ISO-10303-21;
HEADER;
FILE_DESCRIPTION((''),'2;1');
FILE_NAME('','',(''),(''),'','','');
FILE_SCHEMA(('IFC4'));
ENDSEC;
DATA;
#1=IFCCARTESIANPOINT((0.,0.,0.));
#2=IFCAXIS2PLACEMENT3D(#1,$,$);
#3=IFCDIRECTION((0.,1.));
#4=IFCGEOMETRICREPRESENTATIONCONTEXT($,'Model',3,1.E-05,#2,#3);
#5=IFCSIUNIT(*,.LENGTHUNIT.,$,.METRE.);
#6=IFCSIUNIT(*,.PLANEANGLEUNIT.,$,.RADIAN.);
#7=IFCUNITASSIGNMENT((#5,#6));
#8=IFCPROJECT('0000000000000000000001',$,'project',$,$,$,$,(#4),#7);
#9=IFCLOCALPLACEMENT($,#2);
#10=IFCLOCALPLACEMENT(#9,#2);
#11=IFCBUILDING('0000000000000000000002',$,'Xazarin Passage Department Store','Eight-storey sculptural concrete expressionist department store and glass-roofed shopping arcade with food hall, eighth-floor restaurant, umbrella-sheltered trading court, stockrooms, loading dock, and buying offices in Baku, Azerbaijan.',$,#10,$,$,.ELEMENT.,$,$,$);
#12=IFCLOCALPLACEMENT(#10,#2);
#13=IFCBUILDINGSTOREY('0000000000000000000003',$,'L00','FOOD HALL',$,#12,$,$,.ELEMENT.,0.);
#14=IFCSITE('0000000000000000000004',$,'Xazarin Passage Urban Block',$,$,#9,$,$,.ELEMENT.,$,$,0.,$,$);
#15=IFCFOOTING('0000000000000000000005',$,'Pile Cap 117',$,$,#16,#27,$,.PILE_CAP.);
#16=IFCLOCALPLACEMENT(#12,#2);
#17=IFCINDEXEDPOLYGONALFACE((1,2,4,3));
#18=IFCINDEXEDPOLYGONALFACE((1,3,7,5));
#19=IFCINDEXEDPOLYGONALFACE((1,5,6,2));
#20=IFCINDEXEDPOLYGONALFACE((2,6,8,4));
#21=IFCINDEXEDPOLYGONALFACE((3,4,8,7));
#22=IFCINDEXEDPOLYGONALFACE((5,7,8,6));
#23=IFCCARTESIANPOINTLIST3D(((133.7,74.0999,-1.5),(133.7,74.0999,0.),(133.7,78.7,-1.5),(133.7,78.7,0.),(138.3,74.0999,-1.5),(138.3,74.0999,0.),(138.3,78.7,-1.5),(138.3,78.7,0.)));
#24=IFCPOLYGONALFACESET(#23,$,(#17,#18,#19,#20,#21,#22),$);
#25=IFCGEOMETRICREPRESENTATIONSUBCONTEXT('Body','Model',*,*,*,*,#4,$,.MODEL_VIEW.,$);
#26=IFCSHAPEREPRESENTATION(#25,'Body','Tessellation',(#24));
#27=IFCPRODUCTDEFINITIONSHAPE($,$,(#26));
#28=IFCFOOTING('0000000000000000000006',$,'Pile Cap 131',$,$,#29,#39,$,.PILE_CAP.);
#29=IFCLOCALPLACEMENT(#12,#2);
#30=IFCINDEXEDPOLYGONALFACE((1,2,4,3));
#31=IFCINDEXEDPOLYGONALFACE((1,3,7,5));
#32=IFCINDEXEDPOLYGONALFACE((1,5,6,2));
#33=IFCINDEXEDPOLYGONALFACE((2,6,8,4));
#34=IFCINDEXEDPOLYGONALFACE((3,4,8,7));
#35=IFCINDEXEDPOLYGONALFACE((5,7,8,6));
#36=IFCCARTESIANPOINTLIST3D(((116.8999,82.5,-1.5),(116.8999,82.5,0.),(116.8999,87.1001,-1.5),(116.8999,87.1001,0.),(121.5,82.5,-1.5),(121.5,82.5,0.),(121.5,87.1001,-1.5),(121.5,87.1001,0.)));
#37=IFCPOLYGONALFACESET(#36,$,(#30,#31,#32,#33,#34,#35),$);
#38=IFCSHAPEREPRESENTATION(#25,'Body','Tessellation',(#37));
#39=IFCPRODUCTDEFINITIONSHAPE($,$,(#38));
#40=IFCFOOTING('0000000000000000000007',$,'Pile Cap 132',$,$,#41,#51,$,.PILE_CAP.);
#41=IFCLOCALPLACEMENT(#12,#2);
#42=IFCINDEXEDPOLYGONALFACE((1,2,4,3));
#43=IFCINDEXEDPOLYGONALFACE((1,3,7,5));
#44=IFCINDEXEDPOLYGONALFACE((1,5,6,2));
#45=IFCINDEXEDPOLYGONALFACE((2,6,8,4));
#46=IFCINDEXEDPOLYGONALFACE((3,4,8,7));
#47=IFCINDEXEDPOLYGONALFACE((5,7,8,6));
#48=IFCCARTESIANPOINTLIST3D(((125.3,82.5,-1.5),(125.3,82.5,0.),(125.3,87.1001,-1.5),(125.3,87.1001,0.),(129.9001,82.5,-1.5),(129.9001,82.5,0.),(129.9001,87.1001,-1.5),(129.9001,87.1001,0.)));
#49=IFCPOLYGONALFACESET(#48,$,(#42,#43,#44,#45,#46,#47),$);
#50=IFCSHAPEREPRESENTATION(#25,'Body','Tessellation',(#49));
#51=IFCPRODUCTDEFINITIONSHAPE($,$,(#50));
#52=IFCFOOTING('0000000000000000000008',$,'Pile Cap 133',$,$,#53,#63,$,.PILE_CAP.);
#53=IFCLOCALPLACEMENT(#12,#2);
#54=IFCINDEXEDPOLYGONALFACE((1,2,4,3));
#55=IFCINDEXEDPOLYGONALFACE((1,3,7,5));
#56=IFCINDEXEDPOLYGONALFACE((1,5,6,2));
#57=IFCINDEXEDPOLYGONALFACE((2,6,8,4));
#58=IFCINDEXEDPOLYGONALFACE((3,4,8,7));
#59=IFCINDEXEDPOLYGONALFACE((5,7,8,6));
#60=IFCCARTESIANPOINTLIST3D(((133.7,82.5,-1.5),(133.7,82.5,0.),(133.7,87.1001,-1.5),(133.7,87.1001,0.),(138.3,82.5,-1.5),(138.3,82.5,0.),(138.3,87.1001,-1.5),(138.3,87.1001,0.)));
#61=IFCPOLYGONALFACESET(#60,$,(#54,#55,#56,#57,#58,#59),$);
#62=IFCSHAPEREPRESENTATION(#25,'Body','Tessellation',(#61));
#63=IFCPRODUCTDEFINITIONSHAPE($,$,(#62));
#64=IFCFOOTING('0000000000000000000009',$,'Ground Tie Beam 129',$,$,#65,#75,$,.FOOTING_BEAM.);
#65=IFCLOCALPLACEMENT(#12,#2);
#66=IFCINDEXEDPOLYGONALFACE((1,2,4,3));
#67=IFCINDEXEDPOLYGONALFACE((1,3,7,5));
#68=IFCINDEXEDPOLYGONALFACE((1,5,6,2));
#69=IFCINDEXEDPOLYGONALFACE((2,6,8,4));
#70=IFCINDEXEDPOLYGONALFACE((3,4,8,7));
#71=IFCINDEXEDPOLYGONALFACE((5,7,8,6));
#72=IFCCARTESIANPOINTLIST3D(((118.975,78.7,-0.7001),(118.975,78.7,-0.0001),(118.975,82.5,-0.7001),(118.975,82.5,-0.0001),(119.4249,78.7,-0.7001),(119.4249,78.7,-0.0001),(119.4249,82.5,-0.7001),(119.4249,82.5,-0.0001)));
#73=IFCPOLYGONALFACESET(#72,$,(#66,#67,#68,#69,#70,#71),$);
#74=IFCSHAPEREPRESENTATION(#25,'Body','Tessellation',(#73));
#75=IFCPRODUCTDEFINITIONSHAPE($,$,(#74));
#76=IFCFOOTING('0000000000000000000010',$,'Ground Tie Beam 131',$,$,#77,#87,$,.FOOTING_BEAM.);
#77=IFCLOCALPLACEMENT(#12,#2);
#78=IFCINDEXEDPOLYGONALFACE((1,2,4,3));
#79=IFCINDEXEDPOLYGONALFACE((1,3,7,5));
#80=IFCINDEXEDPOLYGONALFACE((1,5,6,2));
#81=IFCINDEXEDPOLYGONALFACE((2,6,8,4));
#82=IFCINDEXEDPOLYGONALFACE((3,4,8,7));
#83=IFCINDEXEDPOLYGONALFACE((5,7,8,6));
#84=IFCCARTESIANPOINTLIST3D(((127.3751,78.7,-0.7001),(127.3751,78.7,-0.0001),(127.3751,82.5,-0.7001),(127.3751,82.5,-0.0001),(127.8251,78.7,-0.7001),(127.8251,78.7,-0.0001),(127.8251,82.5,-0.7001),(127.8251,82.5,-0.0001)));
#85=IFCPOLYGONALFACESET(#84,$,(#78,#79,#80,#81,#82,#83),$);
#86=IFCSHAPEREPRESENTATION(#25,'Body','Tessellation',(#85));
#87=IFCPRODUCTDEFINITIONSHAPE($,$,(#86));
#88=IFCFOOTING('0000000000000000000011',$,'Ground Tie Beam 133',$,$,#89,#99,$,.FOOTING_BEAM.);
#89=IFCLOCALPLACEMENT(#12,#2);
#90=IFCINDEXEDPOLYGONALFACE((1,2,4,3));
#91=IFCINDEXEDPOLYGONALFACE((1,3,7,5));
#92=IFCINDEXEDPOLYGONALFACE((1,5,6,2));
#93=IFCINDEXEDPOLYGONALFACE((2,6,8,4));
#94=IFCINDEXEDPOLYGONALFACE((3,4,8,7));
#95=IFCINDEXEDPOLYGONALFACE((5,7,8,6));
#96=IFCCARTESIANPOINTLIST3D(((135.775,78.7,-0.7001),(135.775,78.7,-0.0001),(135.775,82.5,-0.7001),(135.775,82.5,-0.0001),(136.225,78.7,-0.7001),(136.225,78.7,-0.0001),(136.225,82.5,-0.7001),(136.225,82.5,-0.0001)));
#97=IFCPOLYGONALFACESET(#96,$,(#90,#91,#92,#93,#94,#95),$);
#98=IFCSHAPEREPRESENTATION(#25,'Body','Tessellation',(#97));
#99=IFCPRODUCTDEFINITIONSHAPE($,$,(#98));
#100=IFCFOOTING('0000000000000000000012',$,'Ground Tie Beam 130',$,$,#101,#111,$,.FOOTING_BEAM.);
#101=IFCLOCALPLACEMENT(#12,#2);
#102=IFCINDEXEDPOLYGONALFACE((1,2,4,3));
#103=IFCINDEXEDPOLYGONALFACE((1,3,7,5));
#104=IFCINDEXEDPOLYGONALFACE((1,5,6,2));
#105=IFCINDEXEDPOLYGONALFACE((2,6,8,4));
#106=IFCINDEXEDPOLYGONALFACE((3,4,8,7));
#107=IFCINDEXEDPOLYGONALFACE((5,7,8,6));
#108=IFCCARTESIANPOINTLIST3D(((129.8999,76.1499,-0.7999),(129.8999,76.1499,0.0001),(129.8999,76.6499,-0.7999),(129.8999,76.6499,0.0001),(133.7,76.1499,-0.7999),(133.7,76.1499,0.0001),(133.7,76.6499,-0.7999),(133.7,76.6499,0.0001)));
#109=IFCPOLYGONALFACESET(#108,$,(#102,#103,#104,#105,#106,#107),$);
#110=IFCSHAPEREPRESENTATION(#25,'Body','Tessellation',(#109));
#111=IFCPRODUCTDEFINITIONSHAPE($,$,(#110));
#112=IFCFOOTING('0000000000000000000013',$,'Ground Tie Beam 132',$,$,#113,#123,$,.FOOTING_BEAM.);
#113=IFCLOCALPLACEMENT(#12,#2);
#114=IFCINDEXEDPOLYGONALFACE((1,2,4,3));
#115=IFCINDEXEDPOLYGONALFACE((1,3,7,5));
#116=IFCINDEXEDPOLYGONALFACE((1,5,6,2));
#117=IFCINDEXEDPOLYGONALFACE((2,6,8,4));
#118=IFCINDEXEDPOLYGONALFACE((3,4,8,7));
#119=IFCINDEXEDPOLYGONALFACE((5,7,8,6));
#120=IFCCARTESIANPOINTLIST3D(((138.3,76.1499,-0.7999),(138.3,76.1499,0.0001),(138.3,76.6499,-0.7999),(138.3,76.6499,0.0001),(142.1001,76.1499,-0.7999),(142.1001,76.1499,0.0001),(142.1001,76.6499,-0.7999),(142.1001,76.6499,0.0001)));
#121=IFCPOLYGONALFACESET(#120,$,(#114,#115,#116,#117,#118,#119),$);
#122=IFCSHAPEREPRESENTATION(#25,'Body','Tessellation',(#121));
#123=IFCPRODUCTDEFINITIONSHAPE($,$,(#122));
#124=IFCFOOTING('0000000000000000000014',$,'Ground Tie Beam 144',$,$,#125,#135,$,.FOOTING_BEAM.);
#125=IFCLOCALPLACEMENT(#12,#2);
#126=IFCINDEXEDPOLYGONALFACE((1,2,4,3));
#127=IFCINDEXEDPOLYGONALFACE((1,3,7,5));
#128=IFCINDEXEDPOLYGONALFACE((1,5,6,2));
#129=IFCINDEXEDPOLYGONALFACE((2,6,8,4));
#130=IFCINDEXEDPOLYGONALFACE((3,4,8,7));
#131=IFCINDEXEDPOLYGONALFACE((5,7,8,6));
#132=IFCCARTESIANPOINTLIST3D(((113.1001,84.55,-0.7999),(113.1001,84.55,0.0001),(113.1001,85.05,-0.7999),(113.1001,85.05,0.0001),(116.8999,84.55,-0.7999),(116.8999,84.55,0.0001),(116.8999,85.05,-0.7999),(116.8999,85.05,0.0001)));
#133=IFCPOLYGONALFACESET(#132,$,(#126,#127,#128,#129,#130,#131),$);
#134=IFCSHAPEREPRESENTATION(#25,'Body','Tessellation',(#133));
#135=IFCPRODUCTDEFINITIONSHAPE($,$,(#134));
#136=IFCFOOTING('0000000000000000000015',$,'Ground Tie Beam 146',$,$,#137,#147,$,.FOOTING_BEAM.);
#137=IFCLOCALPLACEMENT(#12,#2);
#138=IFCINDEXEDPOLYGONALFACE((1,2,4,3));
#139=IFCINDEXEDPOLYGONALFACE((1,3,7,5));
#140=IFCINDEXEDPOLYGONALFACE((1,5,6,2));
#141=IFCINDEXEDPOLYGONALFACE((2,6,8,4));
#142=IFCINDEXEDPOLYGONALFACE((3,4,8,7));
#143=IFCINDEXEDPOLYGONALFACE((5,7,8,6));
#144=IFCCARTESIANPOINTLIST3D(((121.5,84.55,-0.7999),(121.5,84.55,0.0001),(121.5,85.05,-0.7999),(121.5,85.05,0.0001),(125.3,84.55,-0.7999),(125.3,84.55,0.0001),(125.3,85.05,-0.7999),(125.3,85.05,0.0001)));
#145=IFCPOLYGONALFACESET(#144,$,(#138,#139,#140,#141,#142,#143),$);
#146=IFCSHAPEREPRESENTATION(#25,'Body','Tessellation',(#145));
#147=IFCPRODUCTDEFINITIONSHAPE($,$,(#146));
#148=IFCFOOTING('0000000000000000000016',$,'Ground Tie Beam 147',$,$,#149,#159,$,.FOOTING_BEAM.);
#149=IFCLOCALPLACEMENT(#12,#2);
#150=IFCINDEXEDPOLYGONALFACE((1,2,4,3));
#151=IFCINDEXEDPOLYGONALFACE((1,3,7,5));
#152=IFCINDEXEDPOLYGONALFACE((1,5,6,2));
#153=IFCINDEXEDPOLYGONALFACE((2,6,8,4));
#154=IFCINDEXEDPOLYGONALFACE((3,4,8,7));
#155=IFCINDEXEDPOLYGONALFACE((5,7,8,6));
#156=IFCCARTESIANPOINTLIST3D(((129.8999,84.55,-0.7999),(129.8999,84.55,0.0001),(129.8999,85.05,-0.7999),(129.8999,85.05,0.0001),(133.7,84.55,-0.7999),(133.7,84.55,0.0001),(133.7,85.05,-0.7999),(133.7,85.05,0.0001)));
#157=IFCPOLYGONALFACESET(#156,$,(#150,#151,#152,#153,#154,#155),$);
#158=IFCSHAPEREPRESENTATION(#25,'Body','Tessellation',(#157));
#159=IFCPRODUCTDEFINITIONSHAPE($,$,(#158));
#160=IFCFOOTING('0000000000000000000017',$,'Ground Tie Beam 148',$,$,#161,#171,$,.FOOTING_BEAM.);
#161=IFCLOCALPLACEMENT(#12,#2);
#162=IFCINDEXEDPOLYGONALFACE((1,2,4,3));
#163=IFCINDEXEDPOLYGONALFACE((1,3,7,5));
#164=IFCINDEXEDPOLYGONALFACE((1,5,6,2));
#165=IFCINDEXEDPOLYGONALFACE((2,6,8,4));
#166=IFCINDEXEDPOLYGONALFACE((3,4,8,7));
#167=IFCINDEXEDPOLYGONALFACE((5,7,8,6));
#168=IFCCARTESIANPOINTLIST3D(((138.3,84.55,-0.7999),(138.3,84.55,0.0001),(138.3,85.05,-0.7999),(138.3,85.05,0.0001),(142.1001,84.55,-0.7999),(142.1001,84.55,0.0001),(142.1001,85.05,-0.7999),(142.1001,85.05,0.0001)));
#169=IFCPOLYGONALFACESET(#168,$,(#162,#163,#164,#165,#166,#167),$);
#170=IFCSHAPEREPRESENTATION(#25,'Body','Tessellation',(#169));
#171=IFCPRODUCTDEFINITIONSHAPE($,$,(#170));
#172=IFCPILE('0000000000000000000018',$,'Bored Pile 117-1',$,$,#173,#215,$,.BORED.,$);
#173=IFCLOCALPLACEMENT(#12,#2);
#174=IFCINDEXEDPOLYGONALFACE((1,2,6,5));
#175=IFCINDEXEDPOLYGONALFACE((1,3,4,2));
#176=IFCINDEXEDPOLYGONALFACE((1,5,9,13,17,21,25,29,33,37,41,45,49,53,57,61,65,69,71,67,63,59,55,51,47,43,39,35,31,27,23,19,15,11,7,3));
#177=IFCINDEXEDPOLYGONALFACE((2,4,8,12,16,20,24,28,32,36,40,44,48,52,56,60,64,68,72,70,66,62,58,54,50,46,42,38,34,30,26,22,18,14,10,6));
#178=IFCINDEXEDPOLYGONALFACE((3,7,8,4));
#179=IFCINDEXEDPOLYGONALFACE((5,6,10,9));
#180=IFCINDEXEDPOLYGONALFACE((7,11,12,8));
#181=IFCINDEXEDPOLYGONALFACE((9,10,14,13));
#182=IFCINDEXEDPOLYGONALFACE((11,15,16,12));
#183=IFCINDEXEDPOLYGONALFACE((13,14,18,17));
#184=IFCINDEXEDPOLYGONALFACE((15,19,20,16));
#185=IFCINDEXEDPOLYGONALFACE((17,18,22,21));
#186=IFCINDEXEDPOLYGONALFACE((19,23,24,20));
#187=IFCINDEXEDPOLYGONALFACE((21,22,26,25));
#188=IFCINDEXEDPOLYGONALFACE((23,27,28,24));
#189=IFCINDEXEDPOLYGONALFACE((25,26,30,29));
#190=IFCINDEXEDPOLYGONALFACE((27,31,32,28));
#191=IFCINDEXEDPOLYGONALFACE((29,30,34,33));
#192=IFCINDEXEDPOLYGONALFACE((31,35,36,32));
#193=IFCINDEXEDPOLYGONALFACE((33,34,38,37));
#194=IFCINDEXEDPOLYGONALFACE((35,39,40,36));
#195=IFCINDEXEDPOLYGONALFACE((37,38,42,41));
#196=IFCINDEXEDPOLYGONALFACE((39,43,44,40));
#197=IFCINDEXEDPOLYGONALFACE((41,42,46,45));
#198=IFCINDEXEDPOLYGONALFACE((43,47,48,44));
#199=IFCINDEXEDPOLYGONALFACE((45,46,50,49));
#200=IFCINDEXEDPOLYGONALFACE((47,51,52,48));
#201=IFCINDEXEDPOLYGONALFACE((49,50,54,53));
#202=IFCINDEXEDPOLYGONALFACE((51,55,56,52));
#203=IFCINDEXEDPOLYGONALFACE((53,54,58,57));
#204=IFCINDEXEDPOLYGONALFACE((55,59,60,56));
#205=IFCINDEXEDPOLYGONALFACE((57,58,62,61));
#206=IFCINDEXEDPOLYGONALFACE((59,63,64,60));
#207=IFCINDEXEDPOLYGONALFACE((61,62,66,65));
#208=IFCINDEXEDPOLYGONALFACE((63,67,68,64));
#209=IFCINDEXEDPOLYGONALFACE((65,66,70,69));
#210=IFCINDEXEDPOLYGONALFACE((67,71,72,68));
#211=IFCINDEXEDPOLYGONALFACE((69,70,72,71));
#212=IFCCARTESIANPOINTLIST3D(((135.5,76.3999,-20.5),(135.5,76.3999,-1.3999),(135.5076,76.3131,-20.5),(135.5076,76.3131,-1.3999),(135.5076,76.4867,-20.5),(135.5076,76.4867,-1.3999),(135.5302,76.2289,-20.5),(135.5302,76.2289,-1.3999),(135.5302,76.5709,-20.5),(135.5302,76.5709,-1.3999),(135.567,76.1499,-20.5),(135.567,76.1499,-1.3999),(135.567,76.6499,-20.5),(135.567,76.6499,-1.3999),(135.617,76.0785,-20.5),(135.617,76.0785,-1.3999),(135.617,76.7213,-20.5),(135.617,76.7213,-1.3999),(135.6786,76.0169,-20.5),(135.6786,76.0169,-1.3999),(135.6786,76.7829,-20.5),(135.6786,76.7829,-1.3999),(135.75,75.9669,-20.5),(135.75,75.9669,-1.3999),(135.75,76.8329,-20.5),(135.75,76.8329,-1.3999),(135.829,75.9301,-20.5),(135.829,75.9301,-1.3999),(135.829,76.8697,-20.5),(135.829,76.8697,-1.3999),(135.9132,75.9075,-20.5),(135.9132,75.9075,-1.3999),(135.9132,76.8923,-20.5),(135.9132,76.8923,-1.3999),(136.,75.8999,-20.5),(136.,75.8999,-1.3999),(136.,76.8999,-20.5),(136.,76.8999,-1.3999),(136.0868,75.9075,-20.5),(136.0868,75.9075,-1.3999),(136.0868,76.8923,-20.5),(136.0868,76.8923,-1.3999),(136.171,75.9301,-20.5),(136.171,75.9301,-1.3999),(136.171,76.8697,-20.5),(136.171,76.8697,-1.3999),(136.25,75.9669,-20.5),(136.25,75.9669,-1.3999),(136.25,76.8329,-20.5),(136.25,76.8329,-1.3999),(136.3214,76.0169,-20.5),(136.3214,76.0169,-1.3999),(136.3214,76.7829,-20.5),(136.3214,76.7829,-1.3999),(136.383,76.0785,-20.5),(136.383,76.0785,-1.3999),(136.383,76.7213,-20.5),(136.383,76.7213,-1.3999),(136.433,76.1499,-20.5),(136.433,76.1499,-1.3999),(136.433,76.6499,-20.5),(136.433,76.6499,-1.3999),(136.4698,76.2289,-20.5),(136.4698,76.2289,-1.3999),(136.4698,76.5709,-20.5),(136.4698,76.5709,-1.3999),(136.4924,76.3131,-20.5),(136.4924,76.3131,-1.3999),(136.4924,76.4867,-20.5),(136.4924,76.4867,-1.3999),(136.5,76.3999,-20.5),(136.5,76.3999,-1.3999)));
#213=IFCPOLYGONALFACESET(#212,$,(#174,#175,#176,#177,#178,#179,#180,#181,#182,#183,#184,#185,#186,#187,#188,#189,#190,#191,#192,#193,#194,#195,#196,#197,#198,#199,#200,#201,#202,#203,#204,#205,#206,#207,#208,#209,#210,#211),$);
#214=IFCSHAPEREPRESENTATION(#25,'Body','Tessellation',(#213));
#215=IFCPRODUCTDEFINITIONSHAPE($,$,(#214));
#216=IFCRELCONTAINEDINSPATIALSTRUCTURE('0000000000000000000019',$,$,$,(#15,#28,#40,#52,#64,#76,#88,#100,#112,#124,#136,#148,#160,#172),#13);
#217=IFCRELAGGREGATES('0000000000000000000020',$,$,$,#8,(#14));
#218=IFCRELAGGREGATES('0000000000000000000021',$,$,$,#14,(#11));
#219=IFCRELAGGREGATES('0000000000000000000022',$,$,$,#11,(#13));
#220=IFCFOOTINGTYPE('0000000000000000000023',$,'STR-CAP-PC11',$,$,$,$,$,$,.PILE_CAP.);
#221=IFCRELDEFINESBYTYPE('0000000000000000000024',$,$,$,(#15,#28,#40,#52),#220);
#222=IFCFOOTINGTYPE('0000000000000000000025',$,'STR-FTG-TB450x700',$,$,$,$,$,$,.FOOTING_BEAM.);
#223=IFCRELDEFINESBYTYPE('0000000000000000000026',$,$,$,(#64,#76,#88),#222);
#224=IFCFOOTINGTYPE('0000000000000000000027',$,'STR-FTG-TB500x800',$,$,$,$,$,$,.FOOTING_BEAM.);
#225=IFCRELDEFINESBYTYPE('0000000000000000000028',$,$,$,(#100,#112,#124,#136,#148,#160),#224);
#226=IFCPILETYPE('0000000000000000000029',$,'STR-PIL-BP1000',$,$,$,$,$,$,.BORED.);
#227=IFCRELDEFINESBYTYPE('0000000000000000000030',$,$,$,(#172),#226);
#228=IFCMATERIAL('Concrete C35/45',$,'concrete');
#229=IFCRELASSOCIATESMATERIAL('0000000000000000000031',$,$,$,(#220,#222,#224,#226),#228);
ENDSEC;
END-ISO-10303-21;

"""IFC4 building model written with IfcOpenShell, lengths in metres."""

from ifc_helpers import new_model, si_unit, direction, frame, origin, origin_2d, place, context, subcontext, project, spatial, rectangle, circle, extrude, material, material_profile, profile_set, type_object, element, save


model = new_model("IFC4")

# Units and contexts
model_context = context("Model", 3, precision=1e-05, world=origin(), true_north=direction((0.0, 1.0)))
body_context = subcontext(model_context, "Body", "Model", "MODEL_VIEW")
ifc_project = project(units=[si_unit("LENGTHUNIT", "METRE"), si_unit("PLANEANGLEUNIT", "RADIAN")], contexts=[model_context])

# Site, building, storey
site_placement = place(None, origin())
site = spatial("IfcSite", under=ifc_project, at=site_placement, Name="Xazarin Passage Urban Block", CompositionType="ELEMENT", RefElevation=0.0)
building_placement = place(site_placement, origin())
building = spatial("IfcBuilding", under=site, at=building_placement, Name="Xazarin Passage Department Store", Description="Eight-storey sculptural concrete expressionist department store and glass-roofed shopping arcade with food hall, eighth-floor restaurant, umbrella-sheltered trading court, stockrooms, loading dock, and buying offices in Baku, Azerbaijan.", CompositionType="ELEMENT")
storey_placement = place(building_placement, origin())
storey = spatial("IfcBuildingStorey", under=building, at=storey_placement, Name="L00", Description="FOOD HALL", CompositionType="ELEMENT", Elevation=0.0)

# Footings
ifc_material_1 = material(Name="Concrete C35/45", Category="concrete")
footing_type_1 = type_object("IfcFootingType", Name="STR-CAP-PC11", PredefinedType="PILE_CAP", material=ifc_material_1)
for number, where, z_axis, x_axis, name in (
    (1, (136.0, 76.3999, -1.5), (0.0, 0.0, 1.0), (1.0, 0.0, 0.0), "Pile Cap 117"),
    (2, (119.2, 84.8, -1.5), (0.0, 0.0, 1.0), (1.0, 0.0, 0.0), "Pile Cap 131"),
    (3, (127.6001, 84.8, -1.5), (0.0, 0.0, 1.0), (1.0, 0.0, 0.0), "Pile Cap 132"),
    (4, (136.0, 84.8, -1.5), (0.0, 0.0, 1.0), (1.0, 0.0, 0.0), "Pile Cap 133"),
):
    element("IfcFooting", number, at=place(storey_placement, frame(where, z_axis=z_axis, x_axis=x_axis)), inside=storey, type_object=footing_type_1, Name=name, PredefinedType="PILE_CAP", context=body_context, shape_type="SweptSolid", body=[
        extrude(rectangle(XDim=4.6001, YDim=4.6001, at=origin_2d()), origin(), (0.0, 0.0, 1.0), 1.5),
    ])
ifc_material_profile_1 = material_profile(ifc_material_1, rectangle(XDim=0.45, YDim=0.7, at=origin_2d()), Name="RC 450x700")
ifc_profile_set_1 = profile_set([ifc_material_profile_1], Name="Concrete C35/45")
footing_type_2 = type_object("IfcFootingType", Name="STR-FTG-TB450x700", PredefinedType="FOOTING_BEAM", material=ifc_profile_set_1)
for number, where, z_axis, x_axis, name in (
    (5, (119.2, 78.7, -0.3501), (0.0, 1.0, 0.0), (-1.0, 0.0, 0.0), "Ground Tie Beam 129"),
    (6, (127.6001, 78.7, -0.3501), (0.0, 1.0, 0.0), (-1.0, 0.0, 0.0), "Ground Tie Beam 131"),
    (7, (136.0, 78.7, -0.3501), (0.0, 1.0, 0.0), (-1.0, 0.0, 0.0), "Ground Tie Beam 133"),
):
    element("IfcFooting", number, at=place(storey_placement, frame(where, z_axis=z_axis, x_axis=x_axis)), inside=storey, type_object=footing_type_2, Name=name, PredefinedType="FOOTING_BEAM", context=body_context, shape_type="SweptSolid", body=[
        extrude(rectangle(XDim=0.45, YDim=0.7, at=origin_2d()), origin(), (0.0, 0.0, 1.0), 3.8),
    ])
ifc_material_profile_2 = material_profile(ifc_material_1, rectangle(XDim=0.5, YDim=0.8, at=origin_2d()), Name="RC 500x800")
ifc_profile_set_2 = profile_set([ifc_material_profile_2], Name="Concrete C35/45")
footing_type_3 = type_object("IfcFootingType", Name="STR-FTG-TB500x800", PredefinedType="FOOTING_BEAM", material=ifc_profile_set_2)
for number, where, z_axis, x_axis, name in (
    (8, (129.8999, 76.3999, -0.3999), (1.0, 0.0, 0.0), (0.0, 1.0, 0.0), "Ground Tie Beam 130"),
    (9, (138.3, 76.3999, -0.3999), (1.0, 0.0, 0.0), (0.0, 1.0, 0.0), "Ground Tie Beam 132"),
):
    element("IfcFooting", number, at=place(storey_placement, frame(where, z_axis=z_axis, x_axis=x_axis)), inside=storey, type_object=footing_type_3, Name=name, PredefinedType="FOOTING_BEAM", context=body_context, shape_type="SweptSolid", body=[
        extrude(rectangle(XDim=0.5, YDim=0.8, at=origin_2d()), origin(), (0.0, 0.0, 1.0), 3.8),
    ])
footing_placement = place(storey_placement, frame((113.1001, 84.8, -0.3999), z_axis=(1.0, 0.0, 0.0), x_axis=(0.0, 1.0, 0.0)))
element("IfcFooting", 10, at=footing_placement, inside=storey, type_object=footing_type_3, Name="Ground Tie Beam 144", PredefinedType="FOOTING_BEAM", context=body_context, shape_type="SweptSolid", body=[
    extrude(rectangle(XDim=0.5, YDim=0.8, at=origin_2d()), origin(), (0.0, 0.0, 1.0), 3.7998),
])
for number, where, z_axis, x_axis, name in (
    (11, (121.5, 84.8, -0.3999), (1.0, 0.0, 0.0), (0.0, 1.0, 0.0), "Ground Tie Beam 146"),
    (12, (129.8999, 84.8, -0.3999), (1.0, 0.0, 0.0), (0.0, 1.0, 0.0), "Ground Tie Beam 147"),
    (13, (138.3, 84.8, -0.3999), (1.0, 0.0, 0.0), (0.0, 1.0, 0.0), "Ground Tie Beam 148"),
):
    element("IfcFooting", number, at=place(storey_placement, frame(where, z_axis=z_axis, x_axis=x_axis)), inside=storey, type_object=footing_type_3, Name=name, PredefinedType="FOOTING_BEAM", context=body_context, shape_type="SweptSolid", body=[
        extrude(rectangle(XDim=0.5, YDim=0.8, at=origin_2d()), origin(), (0.0, 0.0, 1.0), 3.8),
    ])

# Pile
ifc_material_profile_3 = material_profile(ifc_material_1, circle(Radius=0.5, at=origin_2d()), Name="BP 1000")
ifc_profile_set_3 = profile_set([ifc_material_profile_3], Name="Concrete C35/45")
pile_type = type_object("IfcPileType", Name="STR-PIL-BP1000", PredefinedType="BORED", material=ifc_profile_set_3)
for number, where, z_axis, x_axis, name in (
    (14, (136.0, 76.3999, -1.3999), (0.0, 0.0, -1.0), (1.0, 0.0, 0.0), "Bored Pile 117-1"),
):
    element("IfcPile", number, at=place(storey_placement, frame(where, z_axis=z_axis, x_axis=x_axis)), inside=storey, type_object=pile_type, Name=name, PredefinedType="BORED", context=body_context, shape_type="SweptSolid", body=[
        extrude(circle(Radius=0.5, at=origin_2d()), origin(), (0.0, 0.0, 1.0), 19.1001),
    ])

save(model, "model.ifc")
